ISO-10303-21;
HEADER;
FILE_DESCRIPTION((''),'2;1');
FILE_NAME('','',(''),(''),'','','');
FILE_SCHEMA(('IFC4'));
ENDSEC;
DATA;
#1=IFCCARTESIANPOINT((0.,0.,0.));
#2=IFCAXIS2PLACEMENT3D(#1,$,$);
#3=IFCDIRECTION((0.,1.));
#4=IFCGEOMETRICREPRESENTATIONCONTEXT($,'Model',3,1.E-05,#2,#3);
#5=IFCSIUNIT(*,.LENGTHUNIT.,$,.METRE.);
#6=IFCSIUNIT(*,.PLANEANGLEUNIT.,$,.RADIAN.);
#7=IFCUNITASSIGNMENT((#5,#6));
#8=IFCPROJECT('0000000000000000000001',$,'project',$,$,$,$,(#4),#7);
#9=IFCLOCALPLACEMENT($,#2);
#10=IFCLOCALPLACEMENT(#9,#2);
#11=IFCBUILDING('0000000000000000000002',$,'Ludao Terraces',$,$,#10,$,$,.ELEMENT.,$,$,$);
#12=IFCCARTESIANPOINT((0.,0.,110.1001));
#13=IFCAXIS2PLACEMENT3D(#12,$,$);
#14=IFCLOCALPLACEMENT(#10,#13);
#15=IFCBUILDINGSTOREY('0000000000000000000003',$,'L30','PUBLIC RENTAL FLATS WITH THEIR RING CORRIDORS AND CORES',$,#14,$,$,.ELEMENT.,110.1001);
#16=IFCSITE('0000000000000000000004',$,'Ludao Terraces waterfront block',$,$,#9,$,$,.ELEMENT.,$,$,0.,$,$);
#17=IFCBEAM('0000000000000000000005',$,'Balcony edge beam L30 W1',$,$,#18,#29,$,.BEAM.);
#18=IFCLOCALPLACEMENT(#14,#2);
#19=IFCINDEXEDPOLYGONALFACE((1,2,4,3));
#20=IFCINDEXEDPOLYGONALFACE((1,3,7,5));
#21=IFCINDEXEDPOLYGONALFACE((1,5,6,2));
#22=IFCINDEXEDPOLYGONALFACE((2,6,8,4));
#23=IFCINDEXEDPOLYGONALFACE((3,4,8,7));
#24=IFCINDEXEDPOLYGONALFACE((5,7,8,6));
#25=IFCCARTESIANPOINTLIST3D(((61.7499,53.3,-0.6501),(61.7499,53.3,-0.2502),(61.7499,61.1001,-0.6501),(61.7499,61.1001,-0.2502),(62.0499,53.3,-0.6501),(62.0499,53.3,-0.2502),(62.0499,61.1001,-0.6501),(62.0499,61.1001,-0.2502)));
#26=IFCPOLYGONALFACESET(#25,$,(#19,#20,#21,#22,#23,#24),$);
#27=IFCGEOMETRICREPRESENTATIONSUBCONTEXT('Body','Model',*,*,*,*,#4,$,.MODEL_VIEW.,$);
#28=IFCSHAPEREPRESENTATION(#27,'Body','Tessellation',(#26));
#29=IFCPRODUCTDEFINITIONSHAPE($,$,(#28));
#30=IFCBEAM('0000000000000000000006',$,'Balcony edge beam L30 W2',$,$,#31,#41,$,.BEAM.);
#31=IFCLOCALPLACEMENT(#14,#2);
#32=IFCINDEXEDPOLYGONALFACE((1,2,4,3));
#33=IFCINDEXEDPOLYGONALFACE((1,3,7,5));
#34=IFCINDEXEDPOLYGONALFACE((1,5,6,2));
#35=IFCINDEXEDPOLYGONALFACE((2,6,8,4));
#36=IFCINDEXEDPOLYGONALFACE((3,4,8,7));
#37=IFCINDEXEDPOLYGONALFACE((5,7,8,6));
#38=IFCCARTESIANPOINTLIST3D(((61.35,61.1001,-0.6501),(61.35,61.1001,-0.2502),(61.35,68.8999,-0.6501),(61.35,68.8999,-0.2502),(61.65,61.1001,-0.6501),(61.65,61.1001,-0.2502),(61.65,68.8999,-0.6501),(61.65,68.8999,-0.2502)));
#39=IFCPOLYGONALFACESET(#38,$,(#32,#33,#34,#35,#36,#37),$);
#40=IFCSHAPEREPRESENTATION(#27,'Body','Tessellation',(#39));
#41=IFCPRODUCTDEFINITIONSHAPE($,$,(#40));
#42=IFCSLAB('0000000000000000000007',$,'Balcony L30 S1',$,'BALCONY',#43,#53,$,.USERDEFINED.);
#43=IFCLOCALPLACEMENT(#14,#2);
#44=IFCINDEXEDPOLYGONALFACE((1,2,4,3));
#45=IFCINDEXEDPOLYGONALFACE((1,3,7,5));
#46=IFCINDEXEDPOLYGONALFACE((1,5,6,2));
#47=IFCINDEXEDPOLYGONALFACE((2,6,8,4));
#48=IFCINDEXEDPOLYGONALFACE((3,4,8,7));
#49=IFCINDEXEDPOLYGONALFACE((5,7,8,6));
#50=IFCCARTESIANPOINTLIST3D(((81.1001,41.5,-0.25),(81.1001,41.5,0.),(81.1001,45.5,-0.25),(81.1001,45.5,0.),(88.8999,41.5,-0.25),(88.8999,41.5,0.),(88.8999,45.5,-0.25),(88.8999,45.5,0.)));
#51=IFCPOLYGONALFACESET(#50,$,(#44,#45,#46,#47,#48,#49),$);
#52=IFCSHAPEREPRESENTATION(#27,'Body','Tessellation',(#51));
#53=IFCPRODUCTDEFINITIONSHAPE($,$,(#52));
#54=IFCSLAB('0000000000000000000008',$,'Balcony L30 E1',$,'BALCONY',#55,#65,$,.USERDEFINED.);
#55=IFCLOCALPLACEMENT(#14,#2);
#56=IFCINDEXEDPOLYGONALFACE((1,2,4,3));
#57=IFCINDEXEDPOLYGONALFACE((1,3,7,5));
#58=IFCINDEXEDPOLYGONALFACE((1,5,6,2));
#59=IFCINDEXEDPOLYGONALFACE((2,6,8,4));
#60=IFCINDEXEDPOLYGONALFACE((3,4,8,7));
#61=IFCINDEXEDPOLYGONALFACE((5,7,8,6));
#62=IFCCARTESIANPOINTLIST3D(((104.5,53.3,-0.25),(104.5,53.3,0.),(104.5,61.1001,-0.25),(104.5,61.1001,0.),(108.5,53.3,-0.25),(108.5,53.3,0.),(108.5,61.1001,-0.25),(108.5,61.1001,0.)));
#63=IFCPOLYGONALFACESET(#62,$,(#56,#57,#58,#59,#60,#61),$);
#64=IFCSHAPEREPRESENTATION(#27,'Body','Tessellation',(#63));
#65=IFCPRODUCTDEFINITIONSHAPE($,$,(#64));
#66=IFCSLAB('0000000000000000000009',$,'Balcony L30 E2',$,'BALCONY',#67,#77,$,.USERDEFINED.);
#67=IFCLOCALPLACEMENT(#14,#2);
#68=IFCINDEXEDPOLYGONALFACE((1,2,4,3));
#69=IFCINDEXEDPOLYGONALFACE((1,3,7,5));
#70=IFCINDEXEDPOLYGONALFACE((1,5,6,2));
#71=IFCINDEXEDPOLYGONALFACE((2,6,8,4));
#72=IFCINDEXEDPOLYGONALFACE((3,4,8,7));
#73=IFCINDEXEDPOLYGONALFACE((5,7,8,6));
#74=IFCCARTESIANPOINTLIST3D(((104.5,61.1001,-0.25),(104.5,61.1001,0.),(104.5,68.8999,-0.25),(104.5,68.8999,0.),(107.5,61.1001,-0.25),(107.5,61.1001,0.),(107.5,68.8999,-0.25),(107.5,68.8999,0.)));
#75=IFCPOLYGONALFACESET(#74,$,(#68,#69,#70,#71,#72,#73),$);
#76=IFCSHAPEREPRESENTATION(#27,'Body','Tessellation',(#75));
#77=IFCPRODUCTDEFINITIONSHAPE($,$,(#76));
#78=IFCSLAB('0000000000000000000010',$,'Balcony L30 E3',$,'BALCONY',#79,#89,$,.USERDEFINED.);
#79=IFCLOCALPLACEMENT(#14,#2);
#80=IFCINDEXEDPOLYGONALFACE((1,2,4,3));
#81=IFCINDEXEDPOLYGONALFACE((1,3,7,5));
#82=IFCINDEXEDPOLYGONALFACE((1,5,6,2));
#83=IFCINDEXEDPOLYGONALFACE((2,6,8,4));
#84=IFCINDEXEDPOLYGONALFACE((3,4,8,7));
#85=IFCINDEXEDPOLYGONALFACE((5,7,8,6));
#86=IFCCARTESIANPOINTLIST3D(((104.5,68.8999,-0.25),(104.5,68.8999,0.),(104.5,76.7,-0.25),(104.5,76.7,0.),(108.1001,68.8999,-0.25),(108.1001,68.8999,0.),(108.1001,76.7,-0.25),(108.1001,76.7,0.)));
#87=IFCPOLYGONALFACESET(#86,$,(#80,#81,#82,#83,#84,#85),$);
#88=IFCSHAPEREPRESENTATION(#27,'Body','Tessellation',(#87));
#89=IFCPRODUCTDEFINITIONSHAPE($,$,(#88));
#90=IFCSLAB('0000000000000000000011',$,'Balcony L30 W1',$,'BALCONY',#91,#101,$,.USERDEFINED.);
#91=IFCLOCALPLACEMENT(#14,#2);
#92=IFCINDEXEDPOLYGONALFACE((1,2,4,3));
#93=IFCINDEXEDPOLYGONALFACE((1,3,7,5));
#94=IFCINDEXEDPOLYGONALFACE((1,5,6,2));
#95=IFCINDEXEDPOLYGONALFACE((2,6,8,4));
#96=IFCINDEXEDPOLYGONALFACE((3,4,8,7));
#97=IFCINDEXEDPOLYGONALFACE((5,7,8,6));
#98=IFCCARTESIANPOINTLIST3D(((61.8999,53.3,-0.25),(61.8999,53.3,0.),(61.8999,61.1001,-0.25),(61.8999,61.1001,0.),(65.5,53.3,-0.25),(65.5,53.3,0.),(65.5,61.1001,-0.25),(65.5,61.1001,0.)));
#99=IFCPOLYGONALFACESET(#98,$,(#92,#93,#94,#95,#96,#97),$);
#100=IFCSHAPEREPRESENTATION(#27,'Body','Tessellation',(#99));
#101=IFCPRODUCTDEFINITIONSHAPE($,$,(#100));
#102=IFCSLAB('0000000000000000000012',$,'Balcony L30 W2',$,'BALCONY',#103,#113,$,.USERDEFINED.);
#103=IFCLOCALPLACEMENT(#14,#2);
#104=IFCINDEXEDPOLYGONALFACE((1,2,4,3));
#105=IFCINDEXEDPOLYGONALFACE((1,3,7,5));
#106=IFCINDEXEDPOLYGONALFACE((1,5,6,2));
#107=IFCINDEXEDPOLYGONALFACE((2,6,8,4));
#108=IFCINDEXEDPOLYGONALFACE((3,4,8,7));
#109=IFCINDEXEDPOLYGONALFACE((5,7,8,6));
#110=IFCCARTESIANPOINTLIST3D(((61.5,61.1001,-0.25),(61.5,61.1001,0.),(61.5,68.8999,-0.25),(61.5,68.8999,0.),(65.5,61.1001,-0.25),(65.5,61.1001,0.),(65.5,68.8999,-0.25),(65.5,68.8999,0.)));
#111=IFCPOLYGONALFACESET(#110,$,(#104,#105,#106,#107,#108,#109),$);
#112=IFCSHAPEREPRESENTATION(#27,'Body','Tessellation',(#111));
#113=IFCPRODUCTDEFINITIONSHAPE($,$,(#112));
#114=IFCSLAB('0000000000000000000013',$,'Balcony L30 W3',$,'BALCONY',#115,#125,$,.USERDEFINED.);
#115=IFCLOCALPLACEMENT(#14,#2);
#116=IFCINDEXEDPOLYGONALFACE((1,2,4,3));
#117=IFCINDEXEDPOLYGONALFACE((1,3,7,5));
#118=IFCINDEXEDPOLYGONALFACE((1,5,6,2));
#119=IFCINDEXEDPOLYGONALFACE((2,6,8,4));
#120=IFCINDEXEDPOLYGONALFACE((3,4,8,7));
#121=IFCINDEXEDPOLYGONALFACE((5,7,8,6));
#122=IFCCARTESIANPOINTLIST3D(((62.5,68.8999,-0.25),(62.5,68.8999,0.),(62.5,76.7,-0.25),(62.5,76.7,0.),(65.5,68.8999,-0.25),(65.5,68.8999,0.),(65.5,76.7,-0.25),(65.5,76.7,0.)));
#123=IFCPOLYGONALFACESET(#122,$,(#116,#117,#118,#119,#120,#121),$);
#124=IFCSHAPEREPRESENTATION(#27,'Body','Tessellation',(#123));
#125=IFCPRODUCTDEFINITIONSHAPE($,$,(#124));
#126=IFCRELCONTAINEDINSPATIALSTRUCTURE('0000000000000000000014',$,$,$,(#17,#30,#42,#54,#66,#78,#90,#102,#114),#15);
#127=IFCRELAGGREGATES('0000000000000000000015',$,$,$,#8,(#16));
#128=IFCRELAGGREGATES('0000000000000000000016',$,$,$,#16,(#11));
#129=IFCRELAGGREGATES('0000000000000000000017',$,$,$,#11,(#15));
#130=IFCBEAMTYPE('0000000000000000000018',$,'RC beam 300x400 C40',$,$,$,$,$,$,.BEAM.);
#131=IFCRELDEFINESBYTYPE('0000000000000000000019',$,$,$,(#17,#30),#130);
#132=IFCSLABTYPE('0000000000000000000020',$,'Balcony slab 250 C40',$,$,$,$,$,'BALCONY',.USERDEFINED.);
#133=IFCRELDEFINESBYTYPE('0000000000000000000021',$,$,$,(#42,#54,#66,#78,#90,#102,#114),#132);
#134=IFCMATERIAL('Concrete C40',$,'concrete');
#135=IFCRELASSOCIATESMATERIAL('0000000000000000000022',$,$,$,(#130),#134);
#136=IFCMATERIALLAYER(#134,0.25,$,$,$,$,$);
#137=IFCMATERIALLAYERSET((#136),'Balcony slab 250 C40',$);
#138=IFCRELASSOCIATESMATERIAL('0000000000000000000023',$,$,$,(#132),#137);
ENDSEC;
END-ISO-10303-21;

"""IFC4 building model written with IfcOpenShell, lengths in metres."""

from ifc_helpers import new_model, si_unit, direction, frame, origin, origin_2d, place, context, subcontext, project, spatial, polyline, rectangle, outline, extrude, material, layer, layer_set, material_profile, profile_set, type_object, element, save


model = new_model("IFC4")

# Units and contexts
model_context = context("Model", 3, precision=1e-05, world=origin(), true_north=direction((0.0, 1.0)))
body_context = subcontext(model_context, "Body", "Model", "MODEL_VIEW")
ifc_project = project(units=[si_unit("LENGTHUNIT", "METRE"), si_unit("PLANEANGLEUNIT", "RADIAN")], contexts=[model_context])

# Site, building, storey
site_placement = place(None, origin())
site = spatial("IfcSite", under=ifc_project, at=site_placement, Name="Ludao Terraces waterfront block", CompositionType="ELEMENT", RefElevation=0.0)
building_placement = place(site_placement, origin())
building = spatial("IfcBuilding", under=site, at=building_placement, Name="Ludao Terraces", CompositionType="ELEMENT")
storey_placement = place(building_placement, frame((0.0, 0.0, 110.1001)))
storey = spatial("IfcBuildingStorey", under=building, at=storey_placement, Name="L30", Description="PUBLIC RENTAL FLATS WITH THEIR RING CORRIDORS AND CORES", CompositionType="ELEMENT", Elevation=110.1001)

# Beams
ifc_material_1 = material(Name="Concrete C40", Category="concrete")
ifc_material_profile = material_profile(ifc_material_1, rectangle(XDim=0.3, YDim=0.3999, at=origin_2d()), Name="300 X 400")
ifc_profile_set = profile_set([ifc_material_profile], Name="Concrete C40")
beam_type = type_object("IfcBeamType", Name="RC beam 300x400 C40", PredefinedType="BEAM", material=ifc_profile_set)
beam_1_placement = place(storey_placement, frame((61.8999, 53.3, -0.4502), z_axis=(0.0, 1.0, 0.0), x_axis=(-1.0, 0.0, 0.0)))
element("IfcBeam", 1, at=beam_1_placement, inside=storey, type_object=beam_type, Name="Balcony edge beam L30 W1", PredefinedType="BEAM", context=body_context, shape_type="SweptSolid", body=[
    extrude(rectangle(XDim=0.3, YDim=0.3999, at=origin_2d()), origin(), (0.0, 0.0, 1.0), 7.8),
])
beam_2_placement = place(storey_placement, frame((61.5, 61.1001, -0.4502), z_axis=(0.0, 1.0, 0.0), x_axis=(-1.0, 0.0, 0.0)))
element("IfcBeam", 2, at=beam_2_placement, inside=storey, type_object=beam_type, Name="Balcony edge beam L30 W2", PredefinedType="BEAM", context=body_context, shape_type="SweptSolid", body=[
    extrude(rectangle(XDim=0.3, YDim=0.3999, at=origin_2d()), origin(), (0.0, 0.0, 1.0), 7.7998),
])

# Slabs
ifc_layer_1 = layer(ifc_material_1, 0.25)
ifc_layer_set_1 = layer_set([ifc_layer_1], Name="Balcony slab 250 C40")
slab_type_1 = type_object("IfcSlabType", Name="Balcony slab 250 C40", ElementType="BALCONY", PredefinedType="USERDEFINED", material=ifc_layer_set_1)
slab_1_placement = place(storey_placement, frame((0.0, 0.0, -0.25)))
element("IfcSlab", 3, at=slab_1_placement, inside=storey, type_object=slab_type_1, Name="Balcony L30 S1", ObjectType="BALCONY", PredefinedType="USERDEFINED", context=body_context, shape_type="SweptSolid", body=[
    extrude(outline(polyline([(81.1001, 41.5), (88.8999, 41.5), (88.8999, 45.5), (81.1001, 45.5), (81.1001, 41.5)])), origin(), (0.0, 0.0, 1.0), 0.25),
])
slab_2_placement = place(storey_placement, frame((0.0, 0.0, -0.25)))
element("IfcSlab", 4, at=slab_2_placement, inside=storey, type_object=slab_type_1, Name="Balcony L30 E1", ObjectType="BALCONY", PredefinedType="USERDEFINED", context=body_context, shape_type="SweptSolid", body=[
    extrude(outline(polyline([(104.5, 53.3), (108.5, 53.3), (108.5, 61.1001), (104.5, 61.1001), (104.5, 53.3)])), origin(), (0.0, 0.0, 1.0), 0.25),
])
slab_3_placement = place(storey_placement, frame((0.0, 0.0, -0.25)))
element("IfcSlab", 5, at=slab_3_placement, inside=storey, type_object=slab_type_1, Name="Balcony L30 E2", ObjectType="BALCONY", PredefinedType="USERDEFINED", context=body_context, shape_type="SweptSolid", body=[
    extrude(outline(polyline([(104.5, 61.1001), (107.5, 61.1001), (107.5, 68.8999), (104.5, 68.8999), (104.5, 61.1001)])), origin(), (0.0, 0.0, 1.0), 0.25),
])
slab_4_placement = place(storey_placement, frame((0.0, 0.0, -0.25)))
element("IfcSlab", 6, at=slab_4_placement, inside=storey, type_object=slab_type_1, Name="Balcony L30 E3", ObjectType="BALCONY", PredefinedType="USERDEFINED", context=body_context, shape_type="SweptSolid", body=[
    extrude(outline(polyline([(104.5, 68.8999), (108.1001, 68.8999), (108.1001, 76.7), (104.5, 76.7), (104.5, 68.8999)])), origin(), (0.0, 0.0, 1.0), 0.25),
])
slab_5_placement = place(storey_placement, frame((0.0, 0.0, -0.25)))
element("IfcSlab", 7, at=slab_5_placement, inside=storey, type_object=slab_type_1, Name="Balcony L30 W1", ObjectType="BALCONY", PredefinedType="USERDEFINED", context=body_context, shape_type="SweptSolid", body=[
    extrude(outline(polyline([(61.8999, 53.3), (65.5, 53.3), (65.5, 61.1001), (61.8999, 61.1001), (61.8999, 53.3)])), origin(), (0.0, 0.0, 1.0), 0.25),
])
slab_6_placement = place(storey_placement, frame((0.0, 0.0, -0.25)))
element("IfcSlab", 8, at=slab_6_placement, inside=storey, type_object=slab_type_1, Name="Balcony L30 W2", ObjectType="BALCONY", PredefinedType="USERDEFINED", context=body_context, shape_type="SweptSolid", body=[
    extrude(outline(polyline([(61.5, 61.1001), (65.5, 61.1001), (65.5, 68.8999), (61.5, 68.8999), (61.5, 61.1001)])), origin(), (0.0, 0.0, 1.0), 0.25),
])
slab_7_placement = place(storey_placement, frame((0.0, 0.0, -0.25)))
element("IfcSlab", 9, at=slab_7_placement, inside=storey, type_object=slab_type_1, Name="Balcony L30 W3", ObjectType="BALCONY", PredefinedType="USERDEFINED", context=body_context, shape_type="SweptSolid", body=[
    extrude(outline(polyline([(62.5, 68.8999), (65.5, 68.8999), (65.5, 76.7), (62.5, 76.7), (62.5, 68.8999)])), origin(), (0.0, 0.0, 1.0), 0.25),
])

save(model, "model.ifc")
